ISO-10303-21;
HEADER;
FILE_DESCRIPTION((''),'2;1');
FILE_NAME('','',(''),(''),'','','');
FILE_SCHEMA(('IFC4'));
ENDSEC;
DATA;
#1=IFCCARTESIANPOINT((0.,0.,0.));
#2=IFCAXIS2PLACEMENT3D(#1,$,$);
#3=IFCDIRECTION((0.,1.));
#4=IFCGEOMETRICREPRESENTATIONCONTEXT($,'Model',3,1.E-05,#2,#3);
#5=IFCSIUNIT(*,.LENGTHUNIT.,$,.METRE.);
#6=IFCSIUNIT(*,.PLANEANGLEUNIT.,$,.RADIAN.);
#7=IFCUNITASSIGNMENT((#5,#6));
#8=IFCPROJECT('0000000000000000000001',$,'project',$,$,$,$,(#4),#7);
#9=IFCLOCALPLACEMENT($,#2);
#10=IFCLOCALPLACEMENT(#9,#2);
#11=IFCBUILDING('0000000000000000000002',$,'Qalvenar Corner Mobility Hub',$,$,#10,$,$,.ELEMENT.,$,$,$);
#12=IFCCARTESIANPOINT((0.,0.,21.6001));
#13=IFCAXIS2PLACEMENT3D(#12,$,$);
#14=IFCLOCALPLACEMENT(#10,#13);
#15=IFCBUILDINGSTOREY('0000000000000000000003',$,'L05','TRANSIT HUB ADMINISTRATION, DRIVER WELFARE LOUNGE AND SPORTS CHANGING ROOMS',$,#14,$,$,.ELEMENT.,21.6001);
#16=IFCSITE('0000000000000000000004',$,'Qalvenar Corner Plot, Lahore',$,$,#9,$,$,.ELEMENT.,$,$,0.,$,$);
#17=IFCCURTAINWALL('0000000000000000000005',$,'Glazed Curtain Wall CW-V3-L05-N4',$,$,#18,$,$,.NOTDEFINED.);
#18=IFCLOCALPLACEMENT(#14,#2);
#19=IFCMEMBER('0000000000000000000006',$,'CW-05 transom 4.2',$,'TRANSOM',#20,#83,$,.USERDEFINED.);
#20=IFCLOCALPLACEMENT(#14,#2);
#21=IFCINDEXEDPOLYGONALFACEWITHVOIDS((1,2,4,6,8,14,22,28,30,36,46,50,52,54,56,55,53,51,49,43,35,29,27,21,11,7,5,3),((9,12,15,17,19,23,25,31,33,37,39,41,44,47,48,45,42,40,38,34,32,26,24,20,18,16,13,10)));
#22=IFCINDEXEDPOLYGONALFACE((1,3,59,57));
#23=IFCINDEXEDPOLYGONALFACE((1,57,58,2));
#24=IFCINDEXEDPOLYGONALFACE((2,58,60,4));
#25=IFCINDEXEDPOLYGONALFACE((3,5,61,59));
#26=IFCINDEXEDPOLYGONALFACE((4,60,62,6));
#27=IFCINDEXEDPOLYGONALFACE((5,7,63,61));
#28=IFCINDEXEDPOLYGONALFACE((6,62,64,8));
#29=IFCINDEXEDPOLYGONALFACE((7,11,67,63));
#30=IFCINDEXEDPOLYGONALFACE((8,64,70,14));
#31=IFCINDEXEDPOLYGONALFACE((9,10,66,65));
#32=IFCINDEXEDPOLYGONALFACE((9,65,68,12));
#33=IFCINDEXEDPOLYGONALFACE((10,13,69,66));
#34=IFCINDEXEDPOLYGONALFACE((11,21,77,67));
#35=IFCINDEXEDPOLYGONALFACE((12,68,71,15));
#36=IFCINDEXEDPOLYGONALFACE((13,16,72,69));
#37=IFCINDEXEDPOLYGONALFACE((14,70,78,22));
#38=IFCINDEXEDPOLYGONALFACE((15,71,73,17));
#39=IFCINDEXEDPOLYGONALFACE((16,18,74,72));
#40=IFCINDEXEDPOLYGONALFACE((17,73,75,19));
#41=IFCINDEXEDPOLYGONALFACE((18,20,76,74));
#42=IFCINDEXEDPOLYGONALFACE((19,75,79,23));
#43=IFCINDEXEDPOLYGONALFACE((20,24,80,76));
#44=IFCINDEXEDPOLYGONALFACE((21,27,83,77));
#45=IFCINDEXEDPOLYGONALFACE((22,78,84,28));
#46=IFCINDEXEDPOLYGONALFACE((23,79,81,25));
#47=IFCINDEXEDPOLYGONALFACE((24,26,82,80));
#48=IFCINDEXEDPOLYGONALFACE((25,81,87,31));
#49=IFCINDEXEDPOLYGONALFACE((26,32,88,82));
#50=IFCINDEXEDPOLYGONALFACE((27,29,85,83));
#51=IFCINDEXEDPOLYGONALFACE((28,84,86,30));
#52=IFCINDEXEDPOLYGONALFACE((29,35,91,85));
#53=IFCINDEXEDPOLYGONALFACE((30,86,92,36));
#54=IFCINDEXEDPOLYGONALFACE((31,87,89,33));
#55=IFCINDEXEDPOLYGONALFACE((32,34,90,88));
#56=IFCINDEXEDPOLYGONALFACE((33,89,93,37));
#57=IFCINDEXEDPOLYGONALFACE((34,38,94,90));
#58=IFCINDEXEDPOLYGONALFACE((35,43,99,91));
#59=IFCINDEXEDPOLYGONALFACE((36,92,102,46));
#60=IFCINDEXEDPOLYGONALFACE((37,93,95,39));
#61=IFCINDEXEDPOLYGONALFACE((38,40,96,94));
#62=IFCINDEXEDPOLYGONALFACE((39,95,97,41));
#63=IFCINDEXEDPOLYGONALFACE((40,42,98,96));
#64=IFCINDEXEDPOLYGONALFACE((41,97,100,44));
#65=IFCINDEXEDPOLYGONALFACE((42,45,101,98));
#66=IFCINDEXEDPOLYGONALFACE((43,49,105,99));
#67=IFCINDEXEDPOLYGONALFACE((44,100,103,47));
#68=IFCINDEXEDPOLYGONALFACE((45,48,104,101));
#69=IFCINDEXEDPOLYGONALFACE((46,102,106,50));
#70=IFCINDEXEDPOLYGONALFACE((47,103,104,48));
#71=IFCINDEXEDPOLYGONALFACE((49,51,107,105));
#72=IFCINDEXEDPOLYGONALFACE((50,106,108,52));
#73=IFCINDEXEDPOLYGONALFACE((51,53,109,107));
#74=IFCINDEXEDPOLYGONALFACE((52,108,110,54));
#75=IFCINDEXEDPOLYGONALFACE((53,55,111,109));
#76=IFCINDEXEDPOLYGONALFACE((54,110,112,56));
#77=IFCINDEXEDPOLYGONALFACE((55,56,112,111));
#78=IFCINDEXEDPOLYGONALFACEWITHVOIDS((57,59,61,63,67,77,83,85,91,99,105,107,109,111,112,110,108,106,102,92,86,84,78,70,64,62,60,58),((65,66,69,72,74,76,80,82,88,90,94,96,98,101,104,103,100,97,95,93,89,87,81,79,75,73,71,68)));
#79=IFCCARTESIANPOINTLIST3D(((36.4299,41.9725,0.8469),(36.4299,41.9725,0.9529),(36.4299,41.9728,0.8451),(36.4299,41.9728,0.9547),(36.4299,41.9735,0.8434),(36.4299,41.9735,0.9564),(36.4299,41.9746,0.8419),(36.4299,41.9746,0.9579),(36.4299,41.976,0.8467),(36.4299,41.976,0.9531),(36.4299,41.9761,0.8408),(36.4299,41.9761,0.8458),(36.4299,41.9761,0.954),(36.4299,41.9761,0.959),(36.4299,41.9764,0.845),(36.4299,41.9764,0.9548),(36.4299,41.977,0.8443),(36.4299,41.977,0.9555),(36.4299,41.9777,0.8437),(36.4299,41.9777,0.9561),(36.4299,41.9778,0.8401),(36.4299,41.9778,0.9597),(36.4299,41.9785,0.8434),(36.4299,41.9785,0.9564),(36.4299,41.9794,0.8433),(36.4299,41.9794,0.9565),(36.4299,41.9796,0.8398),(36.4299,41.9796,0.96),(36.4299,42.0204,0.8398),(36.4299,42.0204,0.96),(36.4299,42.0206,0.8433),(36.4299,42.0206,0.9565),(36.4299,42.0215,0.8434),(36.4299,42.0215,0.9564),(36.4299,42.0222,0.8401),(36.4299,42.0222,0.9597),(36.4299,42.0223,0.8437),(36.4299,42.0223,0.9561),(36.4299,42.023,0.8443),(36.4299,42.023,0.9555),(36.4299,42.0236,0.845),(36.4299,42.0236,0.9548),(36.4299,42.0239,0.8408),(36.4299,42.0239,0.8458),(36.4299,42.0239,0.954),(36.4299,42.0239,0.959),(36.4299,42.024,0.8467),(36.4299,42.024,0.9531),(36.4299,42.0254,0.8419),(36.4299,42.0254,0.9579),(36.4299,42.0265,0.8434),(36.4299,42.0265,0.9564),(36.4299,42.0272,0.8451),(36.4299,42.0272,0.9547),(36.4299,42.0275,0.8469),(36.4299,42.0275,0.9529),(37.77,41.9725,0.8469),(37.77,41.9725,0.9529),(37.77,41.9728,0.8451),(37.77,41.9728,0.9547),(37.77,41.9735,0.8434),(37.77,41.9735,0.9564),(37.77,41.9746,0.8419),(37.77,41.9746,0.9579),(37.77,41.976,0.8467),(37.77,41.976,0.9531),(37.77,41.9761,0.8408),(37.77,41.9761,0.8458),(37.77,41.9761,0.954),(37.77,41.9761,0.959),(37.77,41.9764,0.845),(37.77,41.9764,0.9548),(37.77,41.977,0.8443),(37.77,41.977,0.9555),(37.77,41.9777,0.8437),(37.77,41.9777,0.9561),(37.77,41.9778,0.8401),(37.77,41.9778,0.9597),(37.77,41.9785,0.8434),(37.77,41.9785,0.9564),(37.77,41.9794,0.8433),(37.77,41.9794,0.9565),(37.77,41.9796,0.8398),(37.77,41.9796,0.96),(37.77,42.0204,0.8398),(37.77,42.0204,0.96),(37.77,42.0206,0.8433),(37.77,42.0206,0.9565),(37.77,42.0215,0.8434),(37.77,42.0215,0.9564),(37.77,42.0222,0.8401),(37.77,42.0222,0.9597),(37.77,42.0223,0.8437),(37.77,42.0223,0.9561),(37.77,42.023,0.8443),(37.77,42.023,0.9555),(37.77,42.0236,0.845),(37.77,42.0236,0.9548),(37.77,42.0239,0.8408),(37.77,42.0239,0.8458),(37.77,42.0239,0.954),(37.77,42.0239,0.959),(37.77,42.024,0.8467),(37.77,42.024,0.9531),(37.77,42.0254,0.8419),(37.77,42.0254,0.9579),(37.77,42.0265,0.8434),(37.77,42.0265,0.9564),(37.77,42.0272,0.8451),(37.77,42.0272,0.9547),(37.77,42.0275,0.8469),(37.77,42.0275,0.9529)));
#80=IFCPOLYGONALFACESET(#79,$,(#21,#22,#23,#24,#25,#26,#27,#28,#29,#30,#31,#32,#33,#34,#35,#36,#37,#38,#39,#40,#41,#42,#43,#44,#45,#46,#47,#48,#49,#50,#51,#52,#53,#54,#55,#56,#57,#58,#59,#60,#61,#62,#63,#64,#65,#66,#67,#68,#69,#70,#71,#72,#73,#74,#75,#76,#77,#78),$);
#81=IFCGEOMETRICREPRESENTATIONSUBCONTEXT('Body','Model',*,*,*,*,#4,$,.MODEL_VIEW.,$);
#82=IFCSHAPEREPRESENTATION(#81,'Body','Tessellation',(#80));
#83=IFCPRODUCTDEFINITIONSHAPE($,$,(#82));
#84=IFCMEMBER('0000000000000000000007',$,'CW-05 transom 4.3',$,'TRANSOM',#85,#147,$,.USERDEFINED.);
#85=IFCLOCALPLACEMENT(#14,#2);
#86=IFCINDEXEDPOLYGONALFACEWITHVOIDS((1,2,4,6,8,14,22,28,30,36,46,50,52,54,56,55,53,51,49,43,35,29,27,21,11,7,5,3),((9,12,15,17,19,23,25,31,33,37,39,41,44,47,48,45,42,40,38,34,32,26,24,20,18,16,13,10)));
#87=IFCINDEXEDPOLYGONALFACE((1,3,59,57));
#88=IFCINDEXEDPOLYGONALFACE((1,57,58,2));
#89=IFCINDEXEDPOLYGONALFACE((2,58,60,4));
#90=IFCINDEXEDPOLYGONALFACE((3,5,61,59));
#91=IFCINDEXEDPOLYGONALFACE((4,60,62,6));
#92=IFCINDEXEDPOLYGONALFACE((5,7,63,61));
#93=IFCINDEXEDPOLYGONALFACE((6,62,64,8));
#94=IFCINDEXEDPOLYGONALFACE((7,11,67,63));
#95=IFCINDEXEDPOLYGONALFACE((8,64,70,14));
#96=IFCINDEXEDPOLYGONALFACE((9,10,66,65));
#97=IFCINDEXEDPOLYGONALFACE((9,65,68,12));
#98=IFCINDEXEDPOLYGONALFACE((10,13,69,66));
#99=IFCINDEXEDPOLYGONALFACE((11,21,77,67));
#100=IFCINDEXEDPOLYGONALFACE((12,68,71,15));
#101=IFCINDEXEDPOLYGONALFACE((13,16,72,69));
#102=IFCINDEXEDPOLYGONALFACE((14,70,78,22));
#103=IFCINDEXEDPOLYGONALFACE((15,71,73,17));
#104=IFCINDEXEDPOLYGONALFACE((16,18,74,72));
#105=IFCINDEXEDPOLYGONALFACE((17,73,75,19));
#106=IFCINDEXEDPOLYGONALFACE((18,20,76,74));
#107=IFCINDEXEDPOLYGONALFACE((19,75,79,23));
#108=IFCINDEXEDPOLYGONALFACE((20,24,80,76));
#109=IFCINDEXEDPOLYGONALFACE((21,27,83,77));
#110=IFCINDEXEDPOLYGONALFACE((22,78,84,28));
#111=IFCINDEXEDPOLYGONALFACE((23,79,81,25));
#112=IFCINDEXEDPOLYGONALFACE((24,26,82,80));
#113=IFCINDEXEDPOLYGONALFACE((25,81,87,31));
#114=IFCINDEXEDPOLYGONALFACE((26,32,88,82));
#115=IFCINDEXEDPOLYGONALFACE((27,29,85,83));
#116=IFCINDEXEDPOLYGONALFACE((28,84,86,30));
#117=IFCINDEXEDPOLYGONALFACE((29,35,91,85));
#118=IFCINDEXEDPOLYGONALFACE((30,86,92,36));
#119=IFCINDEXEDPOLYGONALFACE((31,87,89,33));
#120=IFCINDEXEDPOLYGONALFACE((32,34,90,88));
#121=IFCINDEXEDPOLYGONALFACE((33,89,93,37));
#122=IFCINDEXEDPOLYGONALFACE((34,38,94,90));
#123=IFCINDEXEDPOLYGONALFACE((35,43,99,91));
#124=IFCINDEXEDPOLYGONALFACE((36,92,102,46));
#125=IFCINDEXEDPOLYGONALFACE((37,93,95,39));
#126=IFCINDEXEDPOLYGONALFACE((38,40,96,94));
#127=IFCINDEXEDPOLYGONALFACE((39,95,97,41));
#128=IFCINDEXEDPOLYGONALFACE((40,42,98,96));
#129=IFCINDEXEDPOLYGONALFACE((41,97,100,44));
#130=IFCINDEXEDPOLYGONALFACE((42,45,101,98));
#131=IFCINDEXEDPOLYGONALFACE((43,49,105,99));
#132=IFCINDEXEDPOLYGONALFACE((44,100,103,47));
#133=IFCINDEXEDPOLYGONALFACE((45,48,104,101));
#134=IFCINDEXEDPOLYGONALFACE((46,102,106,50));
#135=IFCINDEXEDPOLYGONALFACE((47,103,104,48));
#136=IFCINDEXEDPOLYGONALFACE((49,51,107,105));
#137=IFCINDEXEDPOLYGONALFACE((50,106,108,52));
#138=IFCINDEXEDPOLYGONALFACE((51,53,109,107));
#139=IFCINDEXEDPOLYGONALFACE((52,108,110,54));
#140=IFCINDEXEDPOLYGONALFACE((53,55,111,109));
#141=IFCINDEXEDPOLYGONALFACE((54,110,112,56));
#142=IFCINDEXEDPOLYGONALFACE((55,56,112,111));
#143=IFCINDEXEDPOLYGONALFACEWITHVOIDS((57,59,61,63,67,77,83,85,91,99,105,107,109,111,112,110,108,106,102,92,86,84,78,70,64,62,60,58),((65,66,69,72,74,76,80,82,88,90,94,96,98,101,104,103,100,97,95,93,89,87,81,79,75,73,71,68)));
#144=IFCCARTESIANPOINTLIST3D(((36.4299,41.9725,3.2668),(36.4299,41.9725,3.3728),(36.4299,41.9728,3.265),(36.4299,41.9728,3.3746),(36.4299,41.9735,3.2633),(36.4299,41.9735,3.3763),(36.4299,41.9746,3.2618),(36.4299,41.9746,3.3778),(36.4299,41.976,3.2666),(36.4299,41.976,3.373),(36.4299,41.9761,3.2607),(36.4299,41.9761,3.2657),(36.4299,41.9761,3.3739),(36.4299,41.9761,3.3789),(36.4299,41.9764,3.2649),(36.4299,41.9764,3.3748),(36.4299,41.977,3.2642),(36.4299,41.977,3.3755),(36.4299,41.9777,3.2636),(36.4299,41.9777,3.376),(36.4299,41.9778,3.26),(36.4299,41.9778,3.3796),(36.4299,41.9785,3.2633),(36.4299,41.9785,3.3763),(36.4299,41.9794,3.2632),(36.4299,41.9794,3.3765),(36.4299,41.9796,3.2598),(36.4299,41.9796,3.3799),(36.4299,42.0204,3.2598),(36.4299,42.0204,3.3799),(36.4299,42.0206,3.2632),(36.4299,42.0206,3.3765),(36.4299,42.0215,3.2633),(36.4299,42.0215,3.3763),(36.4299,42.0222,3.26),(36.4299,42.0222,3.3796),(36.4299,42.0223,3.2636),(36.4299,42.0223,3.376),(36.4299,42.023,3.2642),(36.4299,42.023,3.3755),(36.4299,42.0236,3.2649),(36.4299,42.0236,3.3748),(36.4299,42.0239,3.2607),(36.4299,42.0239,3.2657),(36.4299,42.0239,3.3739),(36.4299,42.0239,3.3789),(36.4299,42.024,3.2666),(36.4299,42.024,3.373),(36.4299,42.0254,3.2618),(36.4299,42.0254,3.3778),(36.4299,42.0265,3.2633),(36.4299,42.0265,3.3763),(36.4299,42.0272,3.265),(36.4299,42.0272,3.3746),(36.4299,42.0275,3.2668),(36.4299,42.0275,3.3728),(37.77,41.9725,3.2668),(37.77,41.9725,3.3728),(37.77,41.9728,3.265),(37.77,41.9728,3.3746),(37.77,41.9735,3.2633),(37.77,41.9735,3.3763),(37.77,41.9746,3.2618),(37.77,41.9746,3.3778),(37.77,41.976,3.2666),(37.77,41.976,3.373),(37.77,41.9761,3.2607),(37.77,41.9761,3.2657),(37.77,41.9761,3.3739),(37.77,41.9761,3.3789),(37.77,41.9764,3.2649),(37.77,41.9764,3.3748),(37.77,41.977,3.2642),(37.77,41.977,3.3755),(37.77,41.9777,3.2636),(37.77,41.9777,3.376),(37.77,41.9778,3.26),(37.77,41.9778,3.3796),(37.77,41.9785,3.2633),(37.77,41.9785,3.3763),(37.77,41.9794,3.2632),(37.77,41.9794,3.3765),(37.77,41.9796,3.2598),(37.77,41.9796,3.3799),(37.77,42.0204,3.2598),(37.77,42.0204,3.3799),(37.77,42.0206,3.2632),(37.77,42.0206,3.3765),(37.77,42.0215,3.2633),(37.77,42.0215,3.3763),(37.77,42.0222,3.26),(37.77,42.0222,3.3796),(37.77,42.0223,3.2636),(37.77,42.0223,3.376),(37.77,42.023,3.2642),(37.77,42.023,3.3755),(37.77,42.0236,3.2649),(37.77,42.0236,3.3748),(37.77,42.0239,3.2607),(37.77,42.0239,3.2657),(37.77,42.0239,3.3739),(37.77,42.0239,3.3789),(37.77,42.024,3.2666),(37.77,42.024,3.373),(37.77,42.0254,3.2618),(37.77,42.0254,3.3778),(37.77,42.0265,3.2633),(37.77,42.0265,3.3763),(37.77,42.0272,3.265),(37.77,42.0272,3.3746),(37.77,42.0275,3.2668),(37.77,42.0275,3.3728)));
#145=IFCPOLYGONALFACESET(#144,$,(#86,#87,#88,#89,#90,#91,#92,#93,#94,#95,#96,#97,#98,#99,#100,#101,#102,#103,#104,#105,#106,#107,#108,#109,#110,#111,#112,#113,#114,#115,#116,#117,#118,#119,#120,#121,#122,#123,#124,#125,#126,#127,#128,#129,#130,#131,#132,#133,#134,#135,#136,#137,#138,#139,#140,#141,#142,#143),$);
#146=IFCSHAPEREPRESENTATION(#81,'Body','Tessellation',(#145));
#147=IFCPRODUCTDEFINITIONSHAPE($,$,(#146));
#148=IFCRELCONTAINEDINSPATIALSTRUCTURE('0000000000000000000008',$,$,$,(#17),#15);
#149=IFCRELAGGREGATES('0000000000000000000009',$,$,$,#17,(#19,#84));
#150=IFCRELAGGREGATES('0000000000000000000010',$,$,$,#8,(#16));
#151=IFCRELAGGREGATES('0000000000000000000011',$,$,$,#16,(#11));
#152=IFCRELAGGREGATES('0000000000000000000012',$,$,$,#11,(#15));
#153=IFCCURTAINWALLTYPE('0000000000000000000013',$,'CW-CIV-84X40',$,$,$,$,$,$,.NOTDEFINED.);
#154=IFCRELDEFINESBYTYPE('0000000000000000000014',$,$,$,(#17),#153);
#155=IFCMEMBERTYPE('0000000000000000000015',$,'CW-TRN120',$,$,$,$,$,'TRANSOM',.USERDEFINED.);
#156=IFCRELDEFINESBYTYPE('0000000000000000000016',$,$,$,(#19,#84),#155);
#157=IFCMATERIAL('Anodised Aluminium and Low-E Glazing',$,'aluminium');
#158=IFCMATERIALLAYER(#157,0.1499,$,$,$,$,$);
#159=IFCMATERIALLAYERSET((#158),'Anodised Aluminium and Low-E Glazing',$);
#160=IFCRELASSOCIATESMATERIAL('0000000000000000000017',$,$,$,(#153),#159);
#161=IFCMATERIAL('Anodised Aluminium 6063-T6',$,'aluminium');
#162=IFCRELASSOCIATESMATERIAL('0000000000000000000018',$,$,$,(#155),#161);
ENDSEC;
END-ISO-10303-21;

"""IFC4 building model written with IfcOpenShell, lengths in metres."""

from ifc_helpers import new_model, si_unit, direction, frame, origin, origin_2d, place, context, subcontext, project, spatial, hollow_rectangle, extrude, material, layer, layer_set, material_profile, profile_set, type_object, element, aggregate, save


model = new_model("IFC4")

# Units and contexts
model_context = context("Model", 3, precision=1e-05, world=origin(), true_north=direction((0.0, 1.0)))
body_context = subcontext(model_context, "Body", "Model", "MODEL_VIEW")
ifc_project = project(units=[si_unit("LENGTHUNIT", "METRE"), si_unit("PLANEANGLEUNIT", "RADIAN")], contexts=[model_context])

# Site, building, storey
site_placement = place(None, origin())
site = spatial("IfcSite", under=ifc_project, at=site_placement, Name="Qalvenar Corner Plot, Lahore", CompositionType="ELEMENT", RefElevation=0.0)
building_placement = place(site_placement, origin())
building = spatial("IfcBuilding", under=site, at=building_placement, Name="Qalvenar Corner Mobility Hub", CompositionType="ELEMENT")
storey_placement = place(building_placement, frame((0.0, 0.0, 21.6001)))
storey = spatial("IfcBuildingStorey", under=building, at=storey_placement, Name="L05", Description="TRANSIT HUB ADMINISTRATION, DRIVER WELFARE LOUNGE AND SPORTS CHANGING ROOMS", CompositionType="ELEMENT", Elevation=21.6001)

# Curtain wall, members
ifc_material_1 = material(Name="Anodised Aluminium and Low-E Glazing", Category="aluminium")
ifc_layer_1 = layer(ifc_material_1, 0.1499)
ifc_layer_set_1 = layer_set([ifc_layer_1], Name="Anodised Aluminium and Low-E Glazing")
curtain_wall_type = type_object("IfcCurtainWallType", Name="CW-CIV-84X40", PredefinedType="NOTDEFINED", material=ifc_layer_set_1)
curtain_wall_placement = place(storey_placement, origin())
curtain_wall = element("IfcCurtainWall", 1, at=curtain_wall_placement, inside=storey, type_object=curtain_wall_type, Name="Glazed Curtain Wall CW-V3-L05-N4", PredefinedType="NOTDEFINED")
ifc_material_2 = material(Name="Anodised Aluminium 6063-T6", Category="aluminium")
ifc_material_profile_1 = material_profile(ifc_material_2, hollow_rectangle(XDim=0.0549, YDim=0.1201, WallThickness=0.0034, InnerFilletRadius=0.0034, OuterFilletRadius=0.0071, at=origin_2d()), Name="RHS120x55x3.5")
ifc_profile_set_1 = profile_set([ifc_material_profile_1], Name="Anodised Aluminium 6063-T6")
member_type_1 = type_object("IfcMemberType", Name="CW-TRN120", ElementType="TRANSOM", PredefinedType="USERDEFINED", material=ifc_profile_set_1)
member_1_placement = place(storey_placement, frame((37.77, 42.0, 0.8999), z_axis=(-1.0, 0.0, 0.0), x_axis=(0.0, -1.0, 0.0)))
member_1 = element("IfcMember", 2, at=member_1_placement, type_object=member_type_1, Name="CW-05 transom 4.2", ObjectType="TRANSOM", PredefinedType="USERDEFINED", context=body_context, shape_type="SweptSolid", body=[
    extrude(hollow_rectangle(XDim=0.0549, YDim=0.1201, WallThickness=0.0034, InnerFilletRadius=0.0034, OuterFilletRadius=0.0071, at=origin_2d()), origin(), (0.0, 0.0, 1.0), 1.3401),
])
member_2_placement = place(storey_placement, frame((37.77, 42.0, 3.3198), z_axis=(-1.0, 0.0, 0.0), x_axis=(0.0, -1.0, 0.0)))
member_2 = element("IfcMember", 3, at=member_2_placement, type_object=member_type_1, Name="CW-05 transom 4.3", ObjectType="TRANSOM", PredefinedType="USERDEFINED", context=body_context, shape_type="SweptSolid", body=[
    extrude(hollow_rectangle(XDim=0.0549, YDim=0.1201, WallThickness=0.0034, InnerFilletRadius=0.0034, OuterFilletRadius=0.0071, at=origin_2d()), origin(), (0.0, 0.0, 1.0), 1.3401),
])
aggregate(curtain_wall, [member_1, member_2])

save(model, "model.ifc")
